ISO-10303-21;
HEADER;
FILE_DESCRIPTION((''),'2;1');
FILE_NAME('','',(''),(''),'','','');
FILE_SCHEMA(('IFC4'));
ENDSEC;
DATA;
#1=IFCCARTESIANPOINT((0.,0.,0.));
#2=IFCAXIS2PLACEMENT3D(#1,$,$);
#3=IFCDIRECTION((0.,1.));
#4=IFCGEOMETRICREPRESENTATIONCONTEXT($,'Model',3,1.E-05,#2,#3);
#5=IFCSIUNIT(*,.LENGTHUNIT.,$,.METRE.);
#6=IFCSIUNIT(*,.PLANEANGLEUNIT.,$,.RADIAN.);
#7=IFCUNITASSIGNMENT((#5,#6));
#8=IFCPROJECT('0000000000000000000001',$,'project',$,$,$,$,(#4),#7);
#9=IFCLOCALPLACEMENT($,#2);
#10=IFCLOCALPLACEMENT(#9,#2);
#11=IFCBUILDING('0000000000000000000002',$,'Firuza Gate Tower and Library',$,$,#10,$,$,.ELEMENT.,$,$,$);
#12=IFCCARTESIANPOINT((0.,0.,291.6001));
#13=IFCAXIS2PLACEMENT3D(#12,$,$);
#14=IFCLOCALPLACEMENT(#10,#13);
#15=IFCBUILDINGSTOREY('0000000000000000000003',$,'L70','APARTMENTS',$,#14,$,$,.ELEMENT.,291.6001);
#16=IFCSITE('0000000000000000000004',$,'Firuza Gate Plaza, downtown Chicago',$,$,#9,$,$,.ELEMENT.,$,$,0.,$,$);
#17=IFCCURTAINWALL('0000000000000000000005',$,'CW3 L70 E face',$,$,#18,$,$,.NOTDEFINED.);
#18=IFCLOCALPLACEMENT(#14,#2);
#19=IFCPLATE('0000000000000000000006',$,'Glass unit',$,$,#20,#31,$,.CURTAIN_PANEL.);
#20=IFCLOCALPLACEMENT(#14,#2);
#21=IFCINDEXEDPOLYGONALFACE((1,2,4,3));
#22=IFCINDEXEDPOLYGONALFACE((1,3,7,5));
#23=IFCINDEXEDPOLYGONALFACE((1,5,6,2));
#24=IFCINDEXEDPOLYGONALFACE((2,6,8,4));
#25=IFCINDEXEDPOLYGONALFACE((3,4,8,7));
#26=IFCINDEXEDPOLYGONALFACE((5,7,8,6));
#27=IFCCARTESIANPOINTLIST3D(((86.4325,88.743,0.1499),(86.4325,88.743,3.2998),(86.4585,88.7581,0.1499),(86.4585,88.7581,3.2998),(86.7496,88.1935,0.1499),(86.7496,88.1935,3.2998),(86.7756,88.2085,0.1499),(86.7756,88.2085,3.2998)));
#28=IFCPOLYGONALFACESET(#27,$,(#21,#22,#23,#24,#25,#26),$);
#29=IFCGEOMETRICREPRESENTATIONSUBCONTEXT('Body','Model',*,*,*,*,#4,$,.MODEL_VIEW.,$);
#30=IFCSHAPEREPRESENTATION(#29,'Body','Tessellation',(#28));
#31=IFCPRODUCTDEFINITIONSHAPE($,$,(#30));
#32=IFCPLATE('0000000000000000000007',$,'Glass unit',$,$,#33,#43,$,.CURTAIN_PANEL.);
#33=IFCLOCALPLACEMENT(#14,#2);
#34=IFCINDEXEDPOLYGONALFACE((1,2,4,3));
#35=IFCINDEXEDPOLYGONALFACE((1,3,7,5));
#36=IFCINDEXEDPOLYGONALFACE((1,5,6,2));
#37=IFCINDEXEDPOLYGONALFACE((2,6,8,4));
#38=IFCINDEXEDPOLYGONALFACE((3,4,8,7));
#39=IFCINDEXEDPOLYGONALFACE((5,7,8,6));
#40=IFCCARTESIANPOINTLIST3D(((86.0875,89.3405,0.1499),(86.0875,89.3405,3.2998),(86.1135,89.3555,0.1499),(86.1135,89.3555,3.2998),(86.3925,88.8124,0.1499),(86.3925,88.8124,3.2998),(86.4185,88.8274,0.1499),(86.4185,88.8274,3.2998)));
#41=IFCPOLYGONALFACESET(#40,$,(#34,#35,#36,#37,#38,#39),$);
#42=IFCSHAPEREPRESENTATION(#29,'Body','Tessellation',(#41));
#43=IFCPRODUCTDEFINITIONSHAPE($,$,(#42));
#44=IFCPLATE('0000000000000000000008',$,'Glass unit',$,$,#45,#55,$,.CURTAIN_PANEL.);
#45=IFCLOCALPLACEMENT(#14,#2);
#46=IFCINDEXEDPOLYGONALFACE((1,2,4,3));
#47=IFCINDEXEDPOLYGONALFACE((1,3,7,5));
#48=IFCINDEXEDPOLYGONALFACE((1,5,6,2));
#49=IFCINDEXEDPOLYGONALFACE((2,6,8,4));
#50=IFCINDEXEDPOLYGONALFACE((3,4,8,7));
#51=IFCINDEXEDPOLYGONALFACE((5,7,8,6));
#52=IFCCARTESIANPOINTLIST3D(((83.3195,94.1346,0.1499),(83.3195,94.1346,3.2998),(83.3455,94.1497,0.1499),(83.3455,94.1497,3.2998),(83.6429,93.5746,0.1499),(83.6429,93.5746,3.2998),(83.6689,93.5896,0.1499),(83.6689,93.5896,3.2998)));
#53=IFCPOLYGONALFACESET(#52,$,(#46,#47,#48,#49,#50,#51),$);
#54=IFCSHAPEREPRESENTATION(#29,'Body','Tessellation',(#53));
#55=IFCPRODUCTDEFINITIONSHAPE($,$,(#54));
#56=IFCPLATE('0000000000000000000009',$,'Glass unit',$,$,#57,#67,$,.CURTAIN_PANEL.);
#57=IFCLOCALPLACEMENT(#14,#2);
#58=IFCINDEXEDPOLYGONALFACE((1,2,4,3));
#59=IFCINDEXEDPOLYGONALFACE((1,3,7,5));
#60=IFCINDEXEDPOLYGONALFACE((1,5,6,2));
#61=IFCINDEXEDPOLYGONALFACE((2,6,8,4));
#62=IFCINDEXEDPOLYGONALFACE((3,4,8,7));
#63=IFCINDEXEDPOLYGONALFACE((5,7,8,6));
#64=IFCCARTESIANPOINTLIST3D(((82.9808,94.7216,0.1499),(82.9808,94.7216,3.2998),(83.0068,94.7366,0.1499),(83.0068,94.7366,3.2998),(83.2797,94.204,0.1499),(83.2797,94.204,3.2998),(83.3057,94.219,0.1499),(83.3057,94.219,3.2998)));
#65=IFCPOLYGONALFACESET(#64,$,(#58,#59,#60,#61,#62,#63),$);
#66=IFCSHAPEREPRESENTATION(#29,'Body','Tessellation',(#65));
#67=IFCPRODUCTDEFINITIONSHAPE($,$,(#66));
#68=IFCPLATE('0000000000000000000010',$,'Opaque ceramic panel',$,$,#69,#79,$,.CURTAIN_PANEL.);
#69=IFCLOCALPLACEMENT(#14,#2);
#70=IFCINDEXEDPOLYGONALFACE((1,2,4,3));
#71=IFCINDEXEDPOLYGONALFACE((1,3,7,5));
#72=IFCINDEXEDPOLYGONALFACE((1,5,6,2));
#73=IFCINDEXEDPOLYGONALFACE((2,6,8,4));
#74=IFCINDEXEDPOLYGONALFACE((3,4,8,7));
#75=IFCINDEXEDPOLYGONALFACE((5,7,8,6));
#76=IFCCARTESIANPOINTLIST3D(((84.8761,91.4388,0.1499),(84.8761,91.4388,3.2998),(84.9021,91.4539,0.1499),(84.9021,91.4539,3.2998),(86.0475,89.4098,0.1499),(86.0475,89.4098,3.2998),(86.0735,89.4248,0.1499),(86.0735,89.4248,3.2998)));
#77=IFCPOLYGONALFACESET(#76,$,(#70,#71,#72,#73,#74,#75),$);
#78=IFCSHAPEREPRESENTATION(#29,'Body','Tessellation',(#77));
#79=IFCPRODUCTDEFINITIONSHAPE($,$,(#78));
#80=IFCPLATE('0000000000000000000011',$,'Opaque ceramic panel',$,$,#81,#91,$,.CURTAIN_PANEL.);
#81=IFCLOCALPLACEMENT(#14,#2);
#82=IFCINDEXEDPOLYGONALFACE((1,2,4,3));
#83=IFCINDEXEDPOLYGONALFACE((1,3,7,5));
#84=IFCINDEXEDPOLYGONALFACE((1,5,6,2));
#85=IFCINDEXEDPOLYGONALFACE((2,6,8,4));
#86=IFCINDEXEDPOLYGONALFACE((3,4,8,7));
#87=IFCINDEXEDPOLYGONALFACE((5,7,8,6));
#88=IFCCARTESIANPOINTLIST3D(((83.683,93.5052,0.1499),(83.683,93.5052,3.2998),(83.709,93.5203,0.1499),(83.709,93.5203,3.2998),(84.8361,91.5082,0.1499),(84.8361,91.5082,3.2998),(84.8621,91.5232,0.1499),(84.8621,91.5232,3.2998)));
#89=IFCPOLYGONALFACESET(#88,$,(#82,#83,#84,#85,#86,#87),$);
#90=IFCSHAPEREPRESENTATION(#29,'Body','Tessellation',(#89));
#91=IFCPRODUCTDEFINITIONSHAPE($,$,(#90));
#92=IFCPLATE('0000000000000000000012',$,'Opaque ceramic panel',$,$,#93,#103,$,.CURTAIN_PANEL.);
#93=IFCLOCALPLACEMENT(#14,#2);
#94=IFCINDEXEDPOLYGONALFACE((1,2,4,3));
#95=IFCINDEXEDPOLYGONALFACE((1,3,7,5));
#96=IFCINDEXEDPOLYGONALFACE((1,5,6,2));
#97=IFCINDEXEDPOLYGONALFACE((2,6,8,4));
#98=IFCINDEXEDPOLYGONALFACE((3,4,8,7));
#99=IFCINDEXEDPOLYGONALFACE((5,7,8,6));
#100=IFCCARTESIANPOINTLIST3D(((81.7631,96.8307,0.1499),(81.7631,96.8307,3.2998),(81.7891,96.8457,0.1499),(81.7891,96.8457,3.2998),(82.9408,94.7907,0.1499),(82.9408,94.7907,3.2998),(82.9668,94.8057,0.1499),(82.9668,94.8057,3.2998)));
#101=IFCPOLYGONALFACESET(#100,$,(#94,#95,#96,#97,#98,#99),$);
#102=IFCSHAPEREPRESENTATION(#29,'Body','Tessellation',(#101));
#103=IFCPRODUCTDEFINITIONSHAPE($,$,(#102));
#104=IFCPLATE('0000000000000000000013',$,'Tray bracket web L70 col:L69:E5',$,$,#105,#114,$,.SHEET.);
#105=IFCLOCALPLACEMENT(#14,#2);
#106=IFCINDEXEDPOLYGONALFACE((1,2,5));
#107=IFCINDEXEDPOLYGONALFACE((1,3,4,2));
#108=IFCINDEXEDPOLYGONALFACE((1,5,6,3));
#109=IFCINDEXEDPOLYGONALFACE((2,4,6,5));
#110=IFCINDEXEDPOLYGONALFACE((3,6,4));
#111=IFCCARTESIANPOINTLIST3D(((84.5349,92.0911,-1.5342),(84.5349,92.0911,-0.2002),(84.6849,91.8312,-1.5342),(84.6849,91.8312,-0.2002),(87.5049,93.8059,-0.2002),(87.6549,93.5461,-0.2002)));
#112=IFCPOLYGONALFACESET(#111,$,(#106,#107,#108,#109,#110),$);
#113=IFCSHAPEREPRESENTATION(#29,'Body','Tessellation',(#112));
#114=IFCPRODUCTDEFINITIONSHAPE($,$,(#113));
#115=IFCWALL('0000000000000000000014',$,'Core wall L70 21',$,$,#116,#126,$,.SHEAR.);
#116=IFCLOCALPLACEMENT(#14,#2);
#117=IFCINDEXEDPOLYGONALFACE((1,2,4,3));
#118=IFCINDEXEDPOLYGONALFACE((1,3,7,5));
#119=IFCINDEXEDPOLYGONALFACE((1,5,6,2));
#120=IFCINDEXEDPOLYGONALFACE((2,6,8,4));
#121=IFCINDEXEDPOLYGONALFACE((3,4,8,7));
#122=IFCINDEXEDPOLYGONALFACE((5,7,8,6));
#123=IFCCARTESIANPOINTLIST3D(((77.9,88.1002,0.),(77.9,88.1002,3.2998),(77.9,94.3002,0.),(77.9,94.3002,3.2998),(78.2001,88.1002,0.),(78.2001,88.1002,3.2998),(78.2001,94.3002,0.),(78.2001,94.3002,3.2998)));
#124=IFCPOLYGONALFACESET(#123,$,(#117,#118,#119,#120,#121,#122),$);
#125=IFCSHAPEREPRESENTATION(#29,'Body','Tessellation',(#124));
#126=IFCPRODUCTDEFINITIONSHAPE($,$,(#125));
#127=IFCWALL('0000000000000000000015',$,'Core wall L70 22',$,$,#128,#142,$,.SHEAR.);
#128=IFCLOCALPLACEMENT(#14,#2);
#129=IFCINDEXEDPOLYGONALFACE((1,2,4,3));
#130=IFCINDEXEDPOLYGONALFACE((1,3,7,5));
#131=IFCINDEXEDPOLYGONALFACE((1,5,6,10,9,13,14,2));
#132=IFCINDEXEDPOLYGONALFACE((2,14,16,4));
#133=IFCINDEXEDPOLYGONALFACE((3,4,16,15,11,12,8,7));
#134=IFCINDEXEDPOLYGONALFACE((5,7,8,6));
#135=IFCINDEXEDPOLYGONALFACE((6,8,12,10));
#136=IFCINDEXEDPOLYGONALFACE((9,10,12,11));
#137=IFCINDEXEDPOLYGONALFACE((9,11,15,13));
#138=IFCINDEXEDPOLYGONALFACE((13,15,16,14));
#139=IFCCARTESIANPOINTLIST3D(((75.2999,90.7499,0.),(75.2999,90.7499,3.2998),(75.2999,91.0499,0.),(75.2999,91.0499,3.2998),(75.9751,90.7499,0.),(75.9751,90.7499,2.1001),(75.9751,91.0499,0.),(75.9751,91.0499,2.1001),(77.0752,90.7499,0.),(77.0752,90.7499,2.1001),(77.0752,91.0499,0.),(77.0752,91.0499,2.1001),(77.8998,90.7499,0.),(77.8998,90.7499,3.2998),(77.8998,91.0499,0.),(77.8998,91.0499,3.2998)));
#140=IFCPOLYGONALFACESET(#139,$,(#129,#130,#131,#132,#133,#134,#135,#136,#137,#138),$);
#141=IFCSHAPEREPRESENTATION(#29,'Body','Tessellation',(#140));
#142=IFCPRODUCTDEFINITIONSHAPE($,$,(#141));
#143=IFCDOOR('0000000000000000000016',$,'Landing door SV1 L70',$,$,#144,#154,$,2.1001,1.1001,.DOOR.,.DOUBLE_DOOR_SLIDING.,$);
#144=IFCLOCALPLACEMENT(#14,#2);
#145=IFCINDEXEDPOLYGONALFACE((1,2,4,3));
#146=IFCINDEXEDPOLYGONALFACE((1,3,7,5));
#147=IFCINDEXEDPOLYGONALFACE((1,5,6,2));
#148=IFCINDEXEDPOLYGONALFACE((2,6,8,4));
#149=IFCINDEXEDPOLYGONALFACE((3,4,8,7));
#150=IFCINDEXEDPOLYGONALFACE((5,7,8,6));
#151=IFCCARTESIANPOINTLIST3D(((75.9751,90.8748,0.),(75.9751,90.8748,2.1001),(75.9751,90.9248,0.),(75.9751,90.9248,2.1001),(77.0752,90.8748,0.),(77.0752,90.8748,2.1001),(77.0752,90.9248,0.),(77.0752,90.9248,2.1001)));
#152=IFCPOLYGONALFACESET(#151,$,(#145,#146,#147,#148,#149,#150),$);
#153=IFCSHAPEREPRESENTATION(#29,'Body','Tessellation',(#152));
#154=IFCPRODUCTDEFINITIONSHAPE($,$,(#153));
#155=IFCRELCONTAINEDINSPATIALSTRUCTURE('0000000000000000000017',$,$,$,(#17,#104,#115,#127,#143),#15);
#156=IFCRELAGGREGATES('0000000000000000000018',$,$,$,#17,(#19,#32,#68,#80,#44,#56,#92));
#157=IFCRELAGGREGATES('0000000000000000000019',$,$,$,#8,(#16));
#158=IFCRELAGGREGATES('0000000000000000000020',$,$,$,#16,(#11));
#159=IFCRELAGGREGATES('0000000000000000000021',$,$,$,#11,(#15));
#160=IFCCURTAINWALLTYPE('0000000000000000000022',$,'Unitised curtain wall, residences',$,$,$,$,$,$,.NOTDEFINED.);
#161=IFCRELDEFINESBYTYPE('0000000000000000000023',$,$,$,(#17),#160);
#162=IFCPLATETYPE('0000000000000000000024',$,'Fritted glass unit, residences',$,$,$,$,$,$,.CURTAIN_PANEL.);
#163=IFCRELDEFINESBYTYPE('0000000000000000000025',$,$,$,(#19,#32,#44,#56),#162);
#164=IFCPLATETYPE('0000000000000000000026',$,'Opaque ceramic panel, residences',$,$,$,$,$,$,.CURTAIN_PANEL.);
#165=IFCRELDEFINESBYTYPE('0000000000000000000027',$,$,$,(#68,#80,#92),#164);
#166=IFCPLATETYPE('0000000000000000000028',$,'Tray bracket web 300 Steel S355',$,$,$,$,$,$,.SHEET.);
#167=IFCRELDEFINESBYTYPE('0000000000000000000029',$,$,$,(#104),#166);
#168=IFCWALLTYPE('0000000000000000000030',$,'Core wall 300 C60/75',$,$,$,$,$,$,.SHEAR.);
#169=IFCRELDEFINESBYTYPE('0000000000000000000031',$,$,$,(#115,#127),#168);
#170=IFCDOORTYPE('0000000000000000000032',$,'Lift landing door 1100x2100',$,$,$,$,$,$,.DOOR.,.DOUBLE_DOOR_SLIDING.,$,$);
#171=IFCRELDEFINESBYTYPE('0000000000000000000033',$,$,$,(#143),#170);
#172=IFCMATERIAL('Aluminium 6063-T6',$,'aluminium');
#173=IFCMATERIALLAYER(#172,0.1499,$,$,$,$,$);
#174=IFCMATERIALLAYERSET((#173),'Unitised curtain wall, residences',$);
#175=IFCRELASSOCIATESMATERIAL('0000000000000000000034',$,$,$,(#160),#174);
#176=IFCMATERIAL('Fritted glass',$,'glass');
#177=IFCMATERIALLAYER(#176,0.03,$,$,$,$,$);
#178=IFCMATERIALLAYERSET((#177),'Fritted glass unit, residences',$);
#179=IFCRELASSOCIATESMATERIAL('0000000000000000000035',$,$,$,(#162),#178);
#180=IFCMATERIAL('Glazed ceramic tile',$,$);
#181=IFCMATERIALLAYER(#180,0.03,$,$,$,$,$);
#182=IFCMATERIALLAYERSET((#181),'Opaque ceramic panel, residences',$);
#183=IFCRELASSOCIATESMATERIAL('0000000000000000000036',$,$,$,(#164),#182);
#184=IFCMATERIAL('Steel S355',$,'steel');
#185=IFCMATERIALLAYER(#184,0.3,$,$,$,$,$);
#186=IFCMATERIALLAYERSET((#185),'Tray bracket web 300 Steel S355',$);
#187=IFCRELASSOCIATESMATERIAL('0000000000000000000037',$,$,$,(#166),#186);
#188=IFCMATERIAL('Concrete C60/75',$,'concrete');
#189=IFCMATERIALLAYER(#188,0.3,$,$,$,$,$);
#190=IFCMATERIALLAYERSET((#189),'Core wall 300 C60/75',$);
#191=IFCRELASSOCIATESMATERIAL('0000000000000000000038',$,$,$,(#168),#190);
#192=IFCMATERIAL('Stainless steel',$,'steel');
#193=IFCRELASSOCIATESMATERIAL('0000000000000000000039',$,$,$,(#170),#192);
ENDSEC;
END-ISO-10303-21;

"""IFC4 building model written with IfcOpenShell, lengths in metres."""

from ifc_helpers import new_model, si_unit, direction, frame, frame_2d, origin, place, context, subcontext, project, spatial, polyline, rectangle, outline, extrude, material, layer, layer_set, type_object, element, fill, aggregate, save


model = new_model("IFC4")

# Units and contexts
model_context = context("Model", 3, precision=1e-05, world=origin(), true_north=direction((0.0, 1.0)))
body_context = subcontext(model_context, "Body", "Model", "MODEL_VIEW")
ifc_project = project(units=[si_unit("LENGTHUNIT", "METRE"), si_unit("PLANEANGLEUNIT", "RADIAN")], contexts=[model_context])

# Site, building, storey
site_placement = place(None, origin())
site = spatial("IfcSite", under=ifc_project, at=site_placement, Name="Firuza Gate Plaza, downtown Chicago", CompositionType="ELEMENT", RefElevation=0.0)
building_placement = place(site_placement, origin())
building = spatial("IfcBuilding", under=site, at=building_placement, Name="Firuza Gate Tower and Library", CompositionType="ELEMENT")
storey_placement = place(building_placement, frame((0.0, 0.0, 291.6001)))
storey = spatial("IfcBuildingStorey", under=building, at=storey_placement, Name="L70", Description="APARTMENTS", CompositionType="ELEMENT", Elevation=291.6001)

# Curtain wall
ifc_material_1 = material(Name="Aluminium 6063-T6", Category="aluminium")
ifc_layer_1 = layer(ifc_material_1, 0.1499)
ifc_layer_set_1 = layer_set([ifc_layer_1], Name="Unitised curtain wall, residences")
curtain_wall_type = type_object("IfcCurtainWallType", Name="Unitised curtain wall, residences", PredefinedType="NOTDEFINED", material=ifc_layer_set_1)
curtain_wall_placement = place(storey_placement, origin())
curtain_wall = element("IfcCurtainWall", 1, at=curtain_wall_placement, inside=storey, type_object=curtain_wall_type, Name="CW3 L70 E face", PredefinedType="NOTDEFINED")

# Plates
ifc_material_2 = material(Name="Fritted glass", Category="glass")
ifc_layer_2 = layer(ifc_material_2, 0.03)
ifc_layer_set_2 = layer_set([ifc_layer_2], Name="Fritted glass unit, residences")
plate_type_1 = type_object("IfcPlateType", Name="Fritted glass unit, residences", PredefinedType="CURTAIN_PANEL", material=ifc_layer_set_2)
plate_1_placement = place(storey_placement, frame((86.7756, 88.2085, 0.1499), z_axis=(0.866128, 0.499822, 0.0), x_axis=(-0.499822, 0.866128, 0.0)))
plate_1 = element("IfcPlate", 2, at=plate_1_placement, type_object=plate_type_1, Name="Glass unit", PredefinedType="CURTAIN_PANEL", context=body_context, shape_type="SweptSolid", body=[
    extrude(outline(polyline([(0.0, 0.0), (0.6345, 0.0), (0.6345, 3.1499), (0.0, 3.1499), (0.0, 0.0)])), origin(), (0.0, 0.0, -1.0), 0.03),
])
plate_2_placement = place(storey_placement, frame((86.4185, 88.8274, 0.1499), z_axis=(0.865992, 0.500057, 0.0), x_axis=(-0.500057, 0.865992, 0.0)))
plate_2 = element("IfcPlate", 3, at=plate_2_placement, type_object=plate_type_1, Name="Glass unit", PredefinedType="CURTAIN_PANEL", context=body_context, shape_type="SweptSolid", body=[
    extrude(outline(polyline([(0.0, 0.0), (0.6098, 0.0), (0.6098, 3.1499), (0.0, 3.1499), (0.0, 0.0)])), origin(), (0.0, 0.0, -1.0), 0.03),
])
plate_3_placement = place(storey_placement, frame((83.6689, 93.5896, 0.1499), z_axis=(0.865934, 0.500158, 0.0), x_axis=(-0.500158, 0.865934, 0.0)))
plate_3 = element("IfcPlate", 4, at=plate_3_placement, type_object=plate_type_1, Name="Glass unit", PredefinedType="CURTAIN_PANEL", context=body_context, shape_type="SweptSolid", body=[
    extrude(outline(polyline([(0.0, 0.0), (0.6468, 0.0), (0.6468, 3.1499), (0.0, 3.1499), (0.0, 0.0)])), origin(), (0.0, 0.0, -1.0), 0.03),
])
plate_4_placement = place(storey_placement, frame((83.3057, 94.219, 0.1499), z_axis=(0.866022, 0.500005, 0.0), x_axis=(-0.500005, 0.866022, 0.0)))
plate_4 = element("IfcPlate", 5, at=plate_4_placement, type_object=plate_type_1, Name="Glass unit", PredefinedType="CURTAIN_PANEL", context=body_context, shape_type="SweptSolid", body=[
    extrude(outline(polyline([(0.0, 0.0), (0.5976, 0.0), (0.5976, 3.1499), (0.0, 3.1499), (0.0, 0.0)])), origin(), (0.0, 0.0, -1.0), 0.03),
])
ifc_material_3 = material(Name="Glazed ceramic tile")
ifc_layer_3 = layer(ifc_material_3, 0.03)
ifc_layer_set_3 = layer_set([ifc_layer_3], Name="Opaque ceramic panel, residences")
plate_type_2 = type_object("IfcPlateType", Name="Opaque ceramic panel, residences", PredefinedType="CURTAIN_PANEL", material=ifc_layer_set_3)
plate_5_placement = place(storey_placement, frame((86.0735, 89.4248, 0.1499), z_axis=(0.866042, 0.499972, 0.0), x_axis=(-0.499972, 0.866042, 0.0)))
plate_5 = element("IfcPlate", 6, at=plate_5_placement, type_object=plate_type_2, Name="Opaque ceramic panel", PredefinedType="CURTAIN_PANEL", context=body_context, shape_type="SweptSolid", body=[
    extrude(outline(polyline([(0.0, 0.0), (2.3429, 0.0), (2.3429, 3.1499), (0.0, 3.1499), (0.0, 0.0)])), origin(), (0.0, 0.0, -1.0), 0.03),
])
plate_6_placement = place(storey_placement, frame((84.8621, 91.5232, 0.1499), z_axis=(0.866013, 0.500022, 0.0), x_axis=(-0.500022, 0.866013, 0.0)))
plate_6 = element("IfcPlate", 7, at=plate_6_placement, type_object=plate_type_2, Name="Opaque ceramic panel", PredefinedType="CURTAIN_PANEL", context=body_context, shape_type="SweptSolid", body=[
    extrude(outline(polyline([(0.0, 0.0), (2.3061, 0.0), (2.3061, 3.1499), (0.0, 3.1499), (0.0, 0.0)])), origin(), (0.0, 0.0, -1.0), 0.03),
])
plate_7_placement = place(storey_placement, frame((82.9668, 94.8057, 0.1499), z_axis=(0.866041, 0.499974, 0.0), x_axis=(-0.499974, 0.866041, 0.0)))
plate_7 = element("IfcPlate", 8, at=plate_7_placement, type_object=plate_type_2, Name="Opaque ceramic panel", PredefinedType="CURTAIN_PANEL", context=body_context, shape_type="SweptSolid", body=[
    extrude(outline(polyline([(0.0, 0.0), (2.3556, 0.0), (2.3556, 3.1499), (0.0, 3.1499), (0.0, 0.0)])), origin(), (0.0, 0.0, -1.0), 0.03),
])
aggregate(curtain_wall, [plate_1, plate_2, plate_5, plate_6, plate_3, plate_4, plate_7])
ifc_material_4 = material(Name="Steel S355", Category="steel")
ifc_layer_4 = layer(ifc_material_4, 0.3)
ifc_layer_set_4 = layer_set([ifc_layer_4], Name="Tray bracket web 300 Steel S355")
plate_type_3 = type_object("IfcPlateType", Name="Tray bracket web 300 Steel S355", PredefinedType="SHEET", material=ifc_layer_set_4)
plate_8_placement = place(storey_placement, frame((84.5349, 92.0911, -0.2002), z_axis=(-0.500029, 0.866009, 0.0), x_axis=(0.866009, 0.500029, 0.0)))
element("IfcPlate", 9, at=plate_8_placement, inside=storey, type_object=plate_type_3, Name="Tray bracket web L70 col:L69:E5", PredefinedType="SHEET", context=body_context, shape_type="SweptSolid", body=[
    extrude(outline(polyline([(0.0, 0.0), (3.4295, 0.0), (0.0, 1.334), (0.0, 0.0)])), origin(), (0.0, 0.0, -1.0), 0.3),
])

# Wall
ifc_material_5 = material(Name="Concrete C60/75", Category="concrete")
ifc_layer_5 = layer(ifc_material_5, 0.3)
ifc_layer_set_5 = layer_set([ifc_layer_5], Name="Core wall 300 C60/75")
wall_type_1 = type_object("IfcWallType", Name="Core wall 300 C60/75", PredefinedType="SHEAR", material=ifc_layer_set_5)
wall_1_placement = place(storey_placement, frame((78.05, 88.1001, 0.0), z_axis=(0.0, 0.0, 1.0), x_axis=(0.0, 1.0, 0.0)))
element("IfcWall", 10, at=wall_1_placement, inside=storey, type_object=wall_type_1, Name="Core wall L70 21", PredefinedType="SHEAR", context=body_context, shape_type="SweptSolid", body=[
    extrude(rectangle(XDim=6.2, YDim=0.3, at=frame_2d((3.1001, 0.0))), origin(), (0.0, 0.0, 1.0), 3.2998),
])

# Wall, opening, door
wall_2_placement = place(storey_placement, frame((75.3, 90.8999, 0.0), z_axis=(0.0, 0.0, 1.0), x_axis=(1.0, 0.0, 0.0)))
wall_2 = element("IfcWall", 11, at=wall_2_placement, inside=storey, type_object=wall_type_1, Name="Core wall L70 22", PredefinedType="SHEAR", context=body_context, shape_type="SweptSolid", body=[
    extrude(rectangle(XDim=2.5999, YDim=0.3, at=frame_2d((1.2998, 0.0))), origin(), (0.0, 0.0, 1.0), 3.2998),
])
opening_1_placement = place(wall_2_placement, frame((0.675, 0.0, 0.0)))
opening_1 = element("IfcOpeningElement", 12, at=opening_1_placement, cuts=wall_2, PredefinedType="OPENING", context=body_context, shape_type="SweptSolid", body=[
    extrude(rectangle(XDim=1.1001, YDim=2.1001, at=frame_2d((0.55, 1.05))), frame((0.0, 0.1602, 0.0), z_axis=(0.0, -1.0, 0.0), x_axis=(1.0, 0.0, 0.0)), (0.0, 0.0, 1.0), 0.3201),
])
ifc_material_6 = material(Name="Stainless steel", Category="steel")
door_type_1 = type_object("IfcDoorType", Name="Lift landing door 1100x2100", OperationType="DOUBLE_DOOR_SLIDING", PredefinedType="DOOR", material=ifc_material_6)
door_1_placement = place(opening_1_placement, origin())
door_1 = element("IfcDoor", 13, at=door_1_placement, inside=storey, type_object=door_type_1, Name="Landing door SV1 L70", OperationType="DOUBLE_DOOR_SLIDING", OverallHeight=2.1001, OverallWidth=1.1001, PredefinedType="DOOR", context=body_context, shape_type="SweptSolid", body=[
    extrude(rectangle(XDim=1.1001, YDim=2.1001, at=frame_2d((0.55, 1.05))), frame((0.0, 0.0249, 0.0), z_axis=(0.0, -1.0, 0.0), x_axis=(1.0, 0.0, 0.0)), (0.0, 0.0, 1.0), 0.05),
])
fill(opening_1, door_1)

save(model, "model.ifc")
